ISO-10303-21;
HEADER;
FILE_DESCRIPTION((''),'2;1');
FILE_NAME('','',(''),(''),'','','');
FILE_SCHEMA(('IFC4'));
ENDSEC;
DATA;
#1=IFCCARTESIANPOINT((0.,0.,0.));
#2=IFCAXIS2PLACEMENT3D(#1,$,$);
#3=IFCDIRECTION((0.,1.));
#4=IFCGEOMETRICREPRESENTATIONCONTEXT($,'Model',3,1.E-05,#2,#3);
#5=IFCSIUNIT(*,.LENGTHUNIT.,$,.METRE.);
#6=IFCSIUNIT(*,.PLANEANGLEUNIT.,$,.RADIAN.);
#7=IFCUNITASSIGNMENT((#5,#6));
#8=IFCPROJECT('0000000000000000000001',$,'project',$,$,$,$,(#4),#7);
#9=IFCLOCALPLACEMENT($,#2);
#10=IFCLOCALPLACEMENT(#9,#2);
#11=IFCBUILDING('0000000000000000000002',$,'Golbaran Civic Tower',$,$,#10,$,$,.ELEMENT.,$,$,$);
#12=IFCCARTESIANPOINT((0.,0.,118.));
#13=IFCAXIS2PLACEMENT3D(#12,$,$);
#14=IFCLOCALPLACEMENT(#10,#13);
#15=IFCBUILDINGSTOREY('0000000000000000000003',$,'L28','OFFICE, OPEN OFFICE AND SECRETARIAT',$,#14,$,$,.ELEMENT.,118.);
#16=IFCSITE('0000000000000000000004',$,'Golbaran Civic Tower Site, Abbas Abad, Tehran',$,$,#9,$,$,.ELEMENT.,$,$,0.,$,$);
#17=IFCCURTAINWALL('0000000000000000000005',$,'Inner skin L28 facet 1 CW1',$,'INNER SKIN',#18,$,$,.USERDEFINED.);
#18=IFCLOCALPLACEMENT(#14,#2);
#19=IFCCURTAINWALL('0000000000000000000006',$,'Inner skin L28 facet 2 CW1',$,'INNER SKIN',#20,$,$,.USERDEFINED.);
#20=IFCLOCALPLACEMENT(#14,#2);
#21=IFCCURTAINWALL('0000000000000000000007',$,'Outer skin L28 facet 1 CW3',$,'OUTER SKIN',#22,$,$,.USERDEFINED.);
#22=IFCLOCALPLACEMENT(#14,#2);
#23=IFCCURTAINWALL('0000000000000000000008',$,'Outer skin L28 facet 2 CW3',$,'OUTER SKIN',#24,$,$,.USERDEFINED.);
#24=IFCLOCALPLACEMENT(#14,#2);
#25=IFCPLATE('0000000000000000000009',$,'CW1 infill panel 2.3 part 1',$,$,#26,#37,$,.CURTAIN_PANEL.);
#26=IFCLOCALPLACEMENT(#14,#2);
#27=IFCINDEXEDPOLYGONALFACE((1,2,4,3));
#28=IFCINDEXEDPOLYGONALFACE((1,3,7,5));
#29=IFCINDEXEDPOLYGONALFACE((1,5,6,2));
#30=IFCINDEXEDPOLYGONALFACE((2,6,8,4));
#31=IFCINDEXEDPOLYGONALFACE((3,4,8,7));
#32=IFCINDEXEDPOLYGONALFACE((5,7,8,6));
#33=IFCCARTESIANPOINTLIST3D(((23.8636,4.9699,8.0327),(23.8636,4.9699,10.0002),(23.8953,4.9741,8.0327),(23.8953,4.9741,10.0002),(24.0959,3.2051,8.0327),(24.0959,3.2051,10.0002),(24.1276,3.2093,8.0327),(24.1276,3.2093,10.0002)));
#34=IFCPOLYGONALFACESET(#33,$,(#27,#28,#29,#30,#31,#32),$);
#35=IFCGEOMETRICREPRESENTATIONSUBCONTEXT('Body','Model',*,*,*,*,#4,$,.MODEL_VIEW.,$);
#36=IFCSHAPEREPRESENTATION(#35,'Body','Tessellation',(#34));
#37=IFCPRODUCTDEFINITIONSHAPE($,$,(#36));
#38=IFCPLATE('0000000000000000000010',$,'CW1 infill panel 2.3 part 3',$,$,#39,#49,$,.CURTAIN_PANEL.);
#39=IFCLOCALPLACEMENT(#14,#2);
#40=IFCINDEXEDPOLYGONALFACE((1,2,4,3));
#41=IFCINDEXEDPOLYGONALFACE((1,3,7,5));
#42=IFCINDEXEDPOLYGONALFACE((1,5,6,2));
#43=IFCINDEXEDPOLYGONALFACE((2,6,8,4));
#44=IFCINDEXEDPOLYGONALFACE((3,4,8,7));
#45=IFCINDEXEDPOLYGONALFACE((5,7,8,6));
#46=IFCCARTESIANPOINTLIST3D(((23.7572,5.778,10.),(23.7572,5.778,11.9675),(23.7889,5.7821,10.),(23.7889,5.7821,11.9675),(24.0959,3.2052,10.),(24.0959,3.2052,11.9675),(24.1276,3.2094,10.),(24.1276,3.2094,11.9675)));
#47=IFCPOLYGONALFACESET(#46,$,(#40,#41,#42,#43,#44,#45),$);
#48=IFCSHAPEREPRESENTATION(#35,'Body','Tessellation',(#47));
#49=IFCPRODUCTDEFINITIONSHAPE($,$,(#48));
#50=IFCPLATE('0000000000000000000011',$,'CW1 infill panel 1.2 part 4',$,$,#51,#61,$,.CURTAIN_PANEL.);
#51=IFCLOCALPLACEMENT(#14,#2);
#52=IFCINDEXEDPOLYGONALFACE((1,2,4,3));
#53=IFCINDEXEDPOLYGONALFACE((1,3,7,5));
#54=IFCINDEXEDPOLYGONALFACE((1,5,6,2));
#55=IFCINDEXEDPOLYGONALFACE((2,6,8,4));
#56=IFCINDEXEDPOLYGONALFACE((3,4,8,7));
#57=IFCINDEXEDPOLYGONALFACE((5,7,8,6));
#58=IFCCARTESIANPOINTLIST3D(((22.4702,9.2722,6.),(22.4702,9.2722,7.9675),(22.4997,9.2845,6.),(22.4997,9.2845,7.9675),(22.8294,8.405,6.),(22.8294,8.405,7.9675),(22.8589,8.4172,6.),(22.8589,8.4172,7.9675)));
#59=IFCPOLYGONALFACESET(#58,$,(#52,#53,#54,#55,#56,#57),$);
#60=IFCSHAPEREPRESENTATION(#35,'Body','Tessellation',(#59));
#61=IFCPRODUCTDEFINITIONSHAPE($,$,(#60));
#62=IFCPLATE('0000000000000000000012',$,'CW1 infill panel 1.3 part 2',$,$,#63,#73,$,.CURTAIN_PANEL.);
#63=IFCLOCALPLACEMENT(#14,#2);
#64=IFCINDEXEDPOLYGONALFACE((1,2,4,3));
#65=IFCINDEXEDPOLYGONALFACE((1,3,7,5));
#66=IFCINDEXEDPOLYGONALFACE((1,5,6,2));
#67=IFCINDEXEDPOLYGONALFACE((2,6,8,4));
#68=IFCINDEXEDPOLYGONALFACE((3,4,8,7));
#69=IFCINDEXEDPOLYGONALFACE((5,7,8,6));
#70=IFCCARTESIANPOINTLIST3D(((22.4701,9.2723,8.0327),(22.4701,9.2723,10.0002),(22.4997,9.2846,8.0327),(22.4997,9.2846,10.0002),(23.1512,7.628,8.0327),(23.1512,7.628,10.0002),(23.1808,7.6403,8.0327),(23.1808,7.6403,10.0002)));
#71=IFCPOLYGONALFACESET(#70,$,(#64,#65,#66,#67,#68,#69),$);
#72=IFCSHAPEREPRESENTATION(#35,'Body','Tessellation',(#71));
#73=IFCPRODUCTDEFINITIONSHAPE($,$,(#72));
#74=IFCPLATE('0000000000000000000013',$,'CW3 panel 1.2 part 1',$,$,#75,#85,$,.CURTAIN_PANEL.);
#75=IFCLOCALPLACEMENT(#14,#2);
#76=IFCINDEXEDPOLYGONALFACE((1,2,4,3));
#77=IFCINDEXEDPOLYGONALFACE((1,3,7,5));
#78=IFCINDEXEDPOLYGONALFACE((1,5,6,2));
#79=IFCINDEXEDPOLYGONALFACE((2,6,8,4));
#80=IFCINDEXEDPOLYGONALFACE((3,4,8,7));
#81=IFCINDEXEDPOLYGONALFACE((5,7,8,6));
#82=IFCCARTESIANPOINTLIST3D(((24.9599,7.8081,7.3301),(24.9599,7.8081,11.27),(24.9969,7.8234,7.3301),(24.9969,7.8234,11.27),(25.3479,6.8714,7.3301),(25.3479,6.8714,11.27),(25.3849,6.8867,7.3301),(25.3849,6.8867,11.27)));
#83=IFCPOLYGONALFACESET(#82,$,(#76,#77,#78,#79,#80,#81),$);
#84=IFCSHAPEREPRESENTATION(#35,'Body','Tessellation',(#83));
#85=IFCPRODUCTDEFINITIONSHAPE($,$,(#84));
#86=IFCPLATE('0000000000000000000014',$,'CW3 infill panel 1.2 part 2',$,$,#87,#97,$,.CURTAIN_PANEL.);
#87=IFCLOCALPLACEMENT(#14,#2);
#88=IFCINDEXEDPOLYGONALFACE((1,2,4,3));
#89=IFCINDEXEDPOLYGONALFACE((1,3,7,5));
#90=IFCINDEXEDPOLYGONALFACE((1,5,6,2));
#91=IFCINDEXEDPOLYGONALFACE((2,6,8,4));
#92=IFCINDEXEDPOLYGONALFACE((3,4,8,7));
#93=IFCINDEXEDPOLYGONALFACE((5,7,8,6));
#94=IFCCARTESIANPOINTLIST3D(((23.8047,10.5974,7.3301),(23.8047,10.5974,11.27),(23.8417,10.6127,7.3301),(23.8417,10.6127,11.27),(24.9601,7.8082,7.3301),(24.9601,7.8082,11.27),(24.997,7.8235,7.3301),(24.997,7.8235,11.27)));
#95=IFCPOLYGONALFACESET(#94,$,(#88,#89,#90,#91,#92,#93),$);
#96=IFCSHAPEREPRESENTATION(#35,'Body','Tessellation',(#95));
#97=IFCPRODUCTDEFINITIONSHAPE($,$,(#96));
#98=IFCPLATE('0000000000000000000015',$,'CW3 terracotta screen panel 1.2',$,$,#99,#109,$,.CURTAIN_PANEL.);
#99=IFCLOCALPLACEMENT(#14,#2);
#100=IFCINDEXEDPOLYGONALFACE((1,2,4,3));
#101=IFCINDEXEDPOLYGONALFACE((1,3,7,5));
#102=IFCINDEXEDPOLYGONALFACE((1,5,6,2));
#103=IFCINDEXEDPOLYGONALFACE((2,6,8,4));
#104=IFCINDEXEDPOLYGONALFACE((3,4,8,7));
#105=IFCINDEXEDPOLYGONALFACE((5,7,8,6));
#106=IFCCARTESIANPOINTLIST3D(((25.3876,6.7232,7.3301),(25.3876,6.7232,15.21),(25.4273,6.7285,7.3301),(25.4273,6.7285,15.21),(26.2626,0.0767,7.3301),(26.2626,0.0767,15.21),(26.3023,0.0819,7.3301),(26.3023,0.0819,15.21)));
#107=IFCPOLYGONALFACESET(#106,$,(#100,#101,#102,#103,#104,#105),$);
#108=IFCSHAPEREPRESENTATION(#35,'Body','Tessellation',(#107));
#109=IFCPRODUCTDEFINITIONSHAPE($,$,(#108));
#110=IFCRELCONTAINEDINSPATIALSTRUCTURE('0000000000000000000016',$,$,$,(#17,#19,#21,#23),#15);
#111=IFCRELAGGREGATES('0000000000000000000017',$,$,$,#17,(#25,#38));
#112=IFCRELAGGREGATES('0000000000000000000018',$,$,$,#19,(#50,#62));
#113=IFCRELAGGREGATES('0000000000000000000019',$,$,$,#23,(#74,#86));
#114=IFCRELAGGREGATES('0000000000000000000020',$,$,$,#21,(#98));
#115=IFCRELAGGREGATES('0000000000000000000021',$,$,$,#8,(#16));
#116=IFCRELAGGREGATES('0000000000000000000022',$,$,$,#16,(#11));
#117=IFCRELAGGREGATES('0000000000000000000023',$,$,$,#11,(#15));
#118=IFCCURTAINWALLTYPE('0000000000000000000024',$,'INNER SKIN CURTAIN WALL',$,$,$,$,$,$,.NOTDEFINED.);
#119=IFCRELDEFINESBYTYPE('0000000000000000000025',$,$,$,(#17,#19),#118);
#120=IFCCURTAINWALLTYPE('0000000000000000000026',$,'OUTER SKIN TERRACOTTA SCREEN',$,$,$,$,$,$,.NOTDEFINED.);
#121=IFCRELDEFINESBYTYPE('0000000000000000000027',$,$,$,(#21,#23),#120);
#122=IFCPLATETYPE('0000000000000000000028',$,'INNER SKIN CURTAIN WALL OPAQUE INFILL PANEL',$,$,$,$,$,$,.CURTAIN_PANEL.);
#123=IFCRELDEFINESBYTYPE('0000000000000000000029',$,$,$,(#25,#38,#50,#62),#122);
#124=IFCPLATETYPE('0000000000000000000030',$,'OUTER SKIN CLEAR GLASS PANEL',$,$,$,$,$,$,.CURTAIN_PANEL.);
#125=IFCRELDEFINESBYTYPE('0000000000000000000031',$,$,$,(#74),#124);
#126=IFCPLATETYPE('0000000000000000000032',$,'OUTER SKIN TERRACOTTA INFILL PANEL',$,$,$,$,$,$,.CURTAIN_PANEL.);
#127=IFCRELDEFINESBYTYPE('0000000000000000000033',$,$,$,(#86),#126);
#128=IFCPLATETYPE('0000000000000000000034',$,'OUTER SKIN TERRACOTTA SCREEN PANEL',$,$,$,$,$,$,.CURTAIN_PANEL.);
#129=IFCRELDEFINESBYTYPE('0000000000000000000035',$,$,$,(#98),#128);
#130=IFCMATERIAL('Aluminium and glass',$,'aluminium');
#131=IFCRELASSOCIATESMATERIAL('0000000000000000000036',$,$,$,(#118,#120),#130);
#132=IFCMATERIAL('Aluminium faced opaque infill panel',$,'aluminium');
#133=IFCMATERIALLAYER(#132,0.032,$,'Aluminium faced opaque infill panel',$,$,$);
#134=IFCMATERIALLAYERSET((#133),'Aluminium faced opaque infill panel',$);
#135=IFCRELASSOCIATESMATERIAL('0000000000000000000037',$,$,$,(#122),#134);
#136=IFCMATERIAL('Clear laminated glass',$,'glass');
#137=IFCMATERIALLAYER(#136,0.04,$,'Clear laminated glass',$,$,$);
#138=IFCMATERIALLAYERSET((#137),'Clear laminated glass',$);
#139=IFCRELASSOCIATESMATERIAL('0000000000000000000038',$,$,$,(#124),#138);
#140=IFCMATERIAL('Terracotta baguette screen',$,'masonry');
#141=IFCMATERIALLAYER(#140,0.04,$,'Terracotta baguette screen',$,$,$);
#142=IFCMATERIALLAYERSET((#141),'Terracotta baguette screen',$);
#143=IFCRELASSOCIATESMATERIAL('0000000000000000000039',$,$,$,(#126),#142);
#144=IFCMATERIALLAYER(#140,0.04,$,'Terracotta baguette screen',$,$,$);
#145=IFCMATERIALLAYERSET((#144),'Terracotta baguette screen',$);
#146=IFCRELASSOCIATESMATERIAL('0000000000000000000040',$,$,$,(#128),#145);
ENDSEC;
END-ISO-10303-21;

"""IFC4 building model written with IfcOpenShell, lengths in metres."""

from ifc_helpers import new_model, si_unit, direction, frame, origin, origin_2d, place, context, subcontext, project, spatial, rectangle, extrude, material, layer, layer_set, type_object, element, aggregate, save


model = new_model("IFC4")

# Units and contexts
model_context = context("Model", 3, precision=1e-05, world=origin(), true_north=direction((0.0, 1.0)))
body_context = subcontext(model_context, "Body", "Model", "MODEL_VIEW")
ifc_project = project(units=[si_unit("LENGTHUNIT", "METRE"), si_unit("PLANEANGLEUNIT", "RADIAN")], contexts=[model_context])

# Site, building, storey
site_placement = place(None, origin())
site = spatial("IfcSite", under=ifc_project, at=site_placement, Name="Golbaran Civic Tower Site, Abbas Abad, Tehran", CompositionType="ELEMENT", RefElevation=0.0)
building_placement = place(site_placement, origin())
building = spatial("IfcBuilding", under=site, at=building_placement, Name="Golbaran Civic Tower", CompositionType="ELEMENT")
storey_placement = place(building_placement, frame((0.0, 0.0, 118.0)))
storey = spatial("IfcBuildingStorey", under=building, at=storey_placement, Name="L28", Description="OFFICE, OPEN OFFICE AND SECRETARIAT", CompositionType="ELEMENT", Elevation=118.0)

# Curtain walls
ifc_material_1 = material(Name="Aluminium and glass", Category="aluminium")
curtain_wall_type_1 = type_object("IfcCurtainWallType", Name="INNER SKIN CURTAIN WALL", PredefinedType="NOTDEFINED", material=ifc_material_1)
curtain_wall_1_placement = place(storey_placement, origin())
curtain_wall_1 = element("IfcCurtainWall", 1, at=curtain_wall_1_placement, inside=storey, type_object=curtain_wall_type_1, Name="Inner skin L28 facet 1 CW1", ObjectType="INNER SKIN", PredefinedType="USERDEFINED")
curtain_wall_2_placement = place(storey_placement, origin())
curtain_wall_2 = element("IfcCurtainWall", 2, at=curtain_wall_2_placement, inside=storey, type_object=curtain_wall_type_1, Name="Inner skin L28 facet 2 CW1", ObjectType="INNER SKIN", PredefinedType="USERDEFINED")

# Curtain walls
curtain_wall_type_2 = type_object("IfcCurtainWallType", Name="OUTER SKIN TERRACOTTA SCREEN", PredefinedType="NOTDEFINED", material=ifc_material_1)
curtain_wall_3_placement = place(storey_placement, origin())
curtain_wall_3 = element("IfcCurtainWall", 3, at=curtain_wall_3_placement, inside=storey, type_object=curtain_wall_type_2, Name="Outer skin L28 facet 1 CW3", ObjectType="OUTER SKIN", PredefinedType="USERDEFINED")
curtain_wall_4_placement = place(storey_placement, origin())
curtain_wall_4 = element("IfcCurtainWall", 4, at=curtain_wall_4_placement, inside=storey, type_object=curtain_wall_type_2, Name="Outer skin L28 facet 2 CW3", ObjectType="OUTER SKIN", PredefinedType="USERDEFINED")

# Plates
ifc_material_2 = material(Name="Aluminium faced opaque infill panel", Category="aluminium")
ifc_layer_1 = layer(ifc_material_2, 0.032, Name="Aluminium faced opaque infill panel")
ifc_layer_set_1 = layer_set([ifc_layer_1], Name="Aluminium faced opaque infill panel")
plate_type_1 = type_object("IfcPlateType", Name="INNER SKIN CURTAIN WALL OPAQUE INFILL PANEL", PredefinedType="CURTAIN_PANEL", material=ifc_layer_set_1)
plate_1_placement = place(storey_placement, frame((23.9956, 4.0896, 8.0327), z_axis=(0.0, 0.0, 1.0), x_axis=(-0.130526, 0.991445, 0.0)))
plate_1 = element("IfcPlate", 5, at=plate_1_placement, type_object=plate_type_1, Name="CW1 infill panel 2.3 part 1", PredefinedType="CURTAIN_PANEL", context=body_context, shape_type="SweptSolid", body=[
    extrude(rectangle(XDim=1.78, YDim=0.032, at=origin_2d()), origin(), (0.0, 0.0, 1.0), 1.9675),
])
plate_2_placement = place(storey_placement, frame((23.9424, 4.4937, 10.0), z_axis=(0.0, 0.0, 1.0), x_axis=(-0.130526, 0.991445, 0.0)))
plate_2 = element("IfcPlate", 6, at=plate_2_placement, type_object=plate_type_1, Name="CW1 infill panel 2.3 part 3", PredefinedType="CURTAIN_PANEL", context=body_context, shape_type="SweptSolid", body=[
    extrude(rectangle(XDim=2.595, YDim=0.032, at=origin_2d()), origin(), (0.0, 0.0, 1.0), 1.9675),
])
aggregate(curtain_wall_1, [plate_1, plate_2])
plate_3_placement = place(storey_placement, frame((22.6646, 8.8447, 6.0), z_axis=(0.0, 0.0, 1.0), x_axis=(-0.382683, 0.92388, 0.0)))
plate_3 = element("IfcPlate", 7, at=plate_3_placement, type_object=plate_type_1, Name="CW1 infill panel 1.2 part 4", PredefinedType="CURTAIN_PANEL", context=body_context, shape_type="SweptSolid", body=[
    extrude(rectangle(XDim=0.9387, YDim=0.032, at=origin_2d()), origin(), (0.0, 0.0, 1.0), 1.9675),
])
plate_4_placement = place(storey_placement, frame((22.8254, 8.4563, 8.0327), z_axis=(0.0, 0.0, 1.0), x_axis=(-0.382683, 0.92388, 0.0)))
plate_4 = element("IfcPlate", 8, at=plate_4_placement, type_object=plate_type_1, Name="CW1 infill panel 1.3 part 2", PredefinedType="CURTAIN_PANEL", context=body_context, shape_type="SweptSolid", body=[
    extrude(rectangle(XDim=1.7798, YDim=0.032, at=origin_2d()), origin(), (0.0, 0.0, 1.0), 1.9675),
])
aggregate(curtain_wall_2, [plate_3, plate_4])
ifc_material_3 = material(Name="Clear laminated glass", Category="glass")
ifc_layer_2 = layer(ifc_material_3, 0.04, Name="Clear laminated glass")
ifc_layer_set_2 = layer_set([ifc_layer_2], Name="Clear laminated glass")
plate_type_2 = type_object("IfcPlateType", Name="OUTER SKIN CLEAR GLASS PANEL", PredefinedType="CURTAIN_PANEL", material=ifc_layer_set_2)
plate_5_placement = place(storey_placement, frame((25.1724, 7.3474, 7.3301), z_axis=(0.0, 0.0, 1.0), x_axis=(-0.382683, 0.92388, 0.0)))
plate_5 = element("IfcPlate", 9, at=plate_5_placement, type_object=plate_type_2, Name="CW3 panel 1.2 part 1", PredefinedType="CURTAIN_PANEL", context=body_context, shape_type="SweptSolid", body=[
    extrude(rectangle(XDim=1.0139, YDim=0.04, at=origin_2d()), origin(), (0.0, 0.0, 1.0), 3.9399),
])
ifc_material_4 = material(Name="Terracotta baguette screen", Category="masonry")
ifc_layer_3 = layer(ifc_material_4, 0.04, Name="Terracotta baguette screen")
ifc_layer_set_3 = layer_set([ifc_layer_3], Name="Terracotta baguette screen")
plate_type_3 = type_object("IfcPlateType", Name="OUTER SKIN TERRACOTTA INFILL PANEL", PredefinedType="CURTAIN_PANEL", material=ifc_layer_set_3)
plate_6_placement = place(storey_placement, frame((24.4009, 9.2104, 7.3301), z_axis=(0.0, 0.0, 1.0), x_axis=(-0.382683, 0.92388, 0.0)))
plate_6 = element("IfcPlate", 10, at=plate_6_placement, type_object=plate_type_3, Name="CW3 infill panel 1.2 part 2", PredefinedType="CURTAIN_PANEL", context=body_context, shape_type="SweptSolid", body=[
    extrude(rectangle(XDim=3.019, YDim=0.04, at=origin_2d()), origin(), (0.0, 0.0, 1.0), 3.9399),
])
aggregate(curtain_wall_4, [plate_5, plate_6])
ifc_layer_4 = layer(ifc_material_4, 0.04, Name="Terracotta baguette screen")
ifc_layer_set_4 = layer_set([ifc_layer_4], Name="Terracotta baguette screen")
plate_type_4 = type_object("IfcPlateType", Name="OUTER SKIN TERRACOTTA SCREEN PANEL", PredefinedType="CURTAIN_PANEL", material=ifc_layer_set_4)
plate_7_placement = place(storey_placement, frame((25.845, 3.4026, 7.3301), z_axis=(0.0, 0.0, 1.0), x_axis=(-0.130526, 0.991445, 0.0)))
plate_7 = element("IfcPlate", 11, at=plate_7_placement, type_object=plate_type_4, Name="CW3 terracotta screen panel 1.2", PredefinedType="CURTAIN_PANEL", context=body_context, shape_type="SweptSolid", body=[
    extrude(rectangle(XDim=6.7039, YDim=0.04, at=origin_2d()), origin(), (0.0, 0.0, 1.0), 7.8799),
])
aggregate(curtain_wall_3, [plate_7])

save(model, "model.ifc")
